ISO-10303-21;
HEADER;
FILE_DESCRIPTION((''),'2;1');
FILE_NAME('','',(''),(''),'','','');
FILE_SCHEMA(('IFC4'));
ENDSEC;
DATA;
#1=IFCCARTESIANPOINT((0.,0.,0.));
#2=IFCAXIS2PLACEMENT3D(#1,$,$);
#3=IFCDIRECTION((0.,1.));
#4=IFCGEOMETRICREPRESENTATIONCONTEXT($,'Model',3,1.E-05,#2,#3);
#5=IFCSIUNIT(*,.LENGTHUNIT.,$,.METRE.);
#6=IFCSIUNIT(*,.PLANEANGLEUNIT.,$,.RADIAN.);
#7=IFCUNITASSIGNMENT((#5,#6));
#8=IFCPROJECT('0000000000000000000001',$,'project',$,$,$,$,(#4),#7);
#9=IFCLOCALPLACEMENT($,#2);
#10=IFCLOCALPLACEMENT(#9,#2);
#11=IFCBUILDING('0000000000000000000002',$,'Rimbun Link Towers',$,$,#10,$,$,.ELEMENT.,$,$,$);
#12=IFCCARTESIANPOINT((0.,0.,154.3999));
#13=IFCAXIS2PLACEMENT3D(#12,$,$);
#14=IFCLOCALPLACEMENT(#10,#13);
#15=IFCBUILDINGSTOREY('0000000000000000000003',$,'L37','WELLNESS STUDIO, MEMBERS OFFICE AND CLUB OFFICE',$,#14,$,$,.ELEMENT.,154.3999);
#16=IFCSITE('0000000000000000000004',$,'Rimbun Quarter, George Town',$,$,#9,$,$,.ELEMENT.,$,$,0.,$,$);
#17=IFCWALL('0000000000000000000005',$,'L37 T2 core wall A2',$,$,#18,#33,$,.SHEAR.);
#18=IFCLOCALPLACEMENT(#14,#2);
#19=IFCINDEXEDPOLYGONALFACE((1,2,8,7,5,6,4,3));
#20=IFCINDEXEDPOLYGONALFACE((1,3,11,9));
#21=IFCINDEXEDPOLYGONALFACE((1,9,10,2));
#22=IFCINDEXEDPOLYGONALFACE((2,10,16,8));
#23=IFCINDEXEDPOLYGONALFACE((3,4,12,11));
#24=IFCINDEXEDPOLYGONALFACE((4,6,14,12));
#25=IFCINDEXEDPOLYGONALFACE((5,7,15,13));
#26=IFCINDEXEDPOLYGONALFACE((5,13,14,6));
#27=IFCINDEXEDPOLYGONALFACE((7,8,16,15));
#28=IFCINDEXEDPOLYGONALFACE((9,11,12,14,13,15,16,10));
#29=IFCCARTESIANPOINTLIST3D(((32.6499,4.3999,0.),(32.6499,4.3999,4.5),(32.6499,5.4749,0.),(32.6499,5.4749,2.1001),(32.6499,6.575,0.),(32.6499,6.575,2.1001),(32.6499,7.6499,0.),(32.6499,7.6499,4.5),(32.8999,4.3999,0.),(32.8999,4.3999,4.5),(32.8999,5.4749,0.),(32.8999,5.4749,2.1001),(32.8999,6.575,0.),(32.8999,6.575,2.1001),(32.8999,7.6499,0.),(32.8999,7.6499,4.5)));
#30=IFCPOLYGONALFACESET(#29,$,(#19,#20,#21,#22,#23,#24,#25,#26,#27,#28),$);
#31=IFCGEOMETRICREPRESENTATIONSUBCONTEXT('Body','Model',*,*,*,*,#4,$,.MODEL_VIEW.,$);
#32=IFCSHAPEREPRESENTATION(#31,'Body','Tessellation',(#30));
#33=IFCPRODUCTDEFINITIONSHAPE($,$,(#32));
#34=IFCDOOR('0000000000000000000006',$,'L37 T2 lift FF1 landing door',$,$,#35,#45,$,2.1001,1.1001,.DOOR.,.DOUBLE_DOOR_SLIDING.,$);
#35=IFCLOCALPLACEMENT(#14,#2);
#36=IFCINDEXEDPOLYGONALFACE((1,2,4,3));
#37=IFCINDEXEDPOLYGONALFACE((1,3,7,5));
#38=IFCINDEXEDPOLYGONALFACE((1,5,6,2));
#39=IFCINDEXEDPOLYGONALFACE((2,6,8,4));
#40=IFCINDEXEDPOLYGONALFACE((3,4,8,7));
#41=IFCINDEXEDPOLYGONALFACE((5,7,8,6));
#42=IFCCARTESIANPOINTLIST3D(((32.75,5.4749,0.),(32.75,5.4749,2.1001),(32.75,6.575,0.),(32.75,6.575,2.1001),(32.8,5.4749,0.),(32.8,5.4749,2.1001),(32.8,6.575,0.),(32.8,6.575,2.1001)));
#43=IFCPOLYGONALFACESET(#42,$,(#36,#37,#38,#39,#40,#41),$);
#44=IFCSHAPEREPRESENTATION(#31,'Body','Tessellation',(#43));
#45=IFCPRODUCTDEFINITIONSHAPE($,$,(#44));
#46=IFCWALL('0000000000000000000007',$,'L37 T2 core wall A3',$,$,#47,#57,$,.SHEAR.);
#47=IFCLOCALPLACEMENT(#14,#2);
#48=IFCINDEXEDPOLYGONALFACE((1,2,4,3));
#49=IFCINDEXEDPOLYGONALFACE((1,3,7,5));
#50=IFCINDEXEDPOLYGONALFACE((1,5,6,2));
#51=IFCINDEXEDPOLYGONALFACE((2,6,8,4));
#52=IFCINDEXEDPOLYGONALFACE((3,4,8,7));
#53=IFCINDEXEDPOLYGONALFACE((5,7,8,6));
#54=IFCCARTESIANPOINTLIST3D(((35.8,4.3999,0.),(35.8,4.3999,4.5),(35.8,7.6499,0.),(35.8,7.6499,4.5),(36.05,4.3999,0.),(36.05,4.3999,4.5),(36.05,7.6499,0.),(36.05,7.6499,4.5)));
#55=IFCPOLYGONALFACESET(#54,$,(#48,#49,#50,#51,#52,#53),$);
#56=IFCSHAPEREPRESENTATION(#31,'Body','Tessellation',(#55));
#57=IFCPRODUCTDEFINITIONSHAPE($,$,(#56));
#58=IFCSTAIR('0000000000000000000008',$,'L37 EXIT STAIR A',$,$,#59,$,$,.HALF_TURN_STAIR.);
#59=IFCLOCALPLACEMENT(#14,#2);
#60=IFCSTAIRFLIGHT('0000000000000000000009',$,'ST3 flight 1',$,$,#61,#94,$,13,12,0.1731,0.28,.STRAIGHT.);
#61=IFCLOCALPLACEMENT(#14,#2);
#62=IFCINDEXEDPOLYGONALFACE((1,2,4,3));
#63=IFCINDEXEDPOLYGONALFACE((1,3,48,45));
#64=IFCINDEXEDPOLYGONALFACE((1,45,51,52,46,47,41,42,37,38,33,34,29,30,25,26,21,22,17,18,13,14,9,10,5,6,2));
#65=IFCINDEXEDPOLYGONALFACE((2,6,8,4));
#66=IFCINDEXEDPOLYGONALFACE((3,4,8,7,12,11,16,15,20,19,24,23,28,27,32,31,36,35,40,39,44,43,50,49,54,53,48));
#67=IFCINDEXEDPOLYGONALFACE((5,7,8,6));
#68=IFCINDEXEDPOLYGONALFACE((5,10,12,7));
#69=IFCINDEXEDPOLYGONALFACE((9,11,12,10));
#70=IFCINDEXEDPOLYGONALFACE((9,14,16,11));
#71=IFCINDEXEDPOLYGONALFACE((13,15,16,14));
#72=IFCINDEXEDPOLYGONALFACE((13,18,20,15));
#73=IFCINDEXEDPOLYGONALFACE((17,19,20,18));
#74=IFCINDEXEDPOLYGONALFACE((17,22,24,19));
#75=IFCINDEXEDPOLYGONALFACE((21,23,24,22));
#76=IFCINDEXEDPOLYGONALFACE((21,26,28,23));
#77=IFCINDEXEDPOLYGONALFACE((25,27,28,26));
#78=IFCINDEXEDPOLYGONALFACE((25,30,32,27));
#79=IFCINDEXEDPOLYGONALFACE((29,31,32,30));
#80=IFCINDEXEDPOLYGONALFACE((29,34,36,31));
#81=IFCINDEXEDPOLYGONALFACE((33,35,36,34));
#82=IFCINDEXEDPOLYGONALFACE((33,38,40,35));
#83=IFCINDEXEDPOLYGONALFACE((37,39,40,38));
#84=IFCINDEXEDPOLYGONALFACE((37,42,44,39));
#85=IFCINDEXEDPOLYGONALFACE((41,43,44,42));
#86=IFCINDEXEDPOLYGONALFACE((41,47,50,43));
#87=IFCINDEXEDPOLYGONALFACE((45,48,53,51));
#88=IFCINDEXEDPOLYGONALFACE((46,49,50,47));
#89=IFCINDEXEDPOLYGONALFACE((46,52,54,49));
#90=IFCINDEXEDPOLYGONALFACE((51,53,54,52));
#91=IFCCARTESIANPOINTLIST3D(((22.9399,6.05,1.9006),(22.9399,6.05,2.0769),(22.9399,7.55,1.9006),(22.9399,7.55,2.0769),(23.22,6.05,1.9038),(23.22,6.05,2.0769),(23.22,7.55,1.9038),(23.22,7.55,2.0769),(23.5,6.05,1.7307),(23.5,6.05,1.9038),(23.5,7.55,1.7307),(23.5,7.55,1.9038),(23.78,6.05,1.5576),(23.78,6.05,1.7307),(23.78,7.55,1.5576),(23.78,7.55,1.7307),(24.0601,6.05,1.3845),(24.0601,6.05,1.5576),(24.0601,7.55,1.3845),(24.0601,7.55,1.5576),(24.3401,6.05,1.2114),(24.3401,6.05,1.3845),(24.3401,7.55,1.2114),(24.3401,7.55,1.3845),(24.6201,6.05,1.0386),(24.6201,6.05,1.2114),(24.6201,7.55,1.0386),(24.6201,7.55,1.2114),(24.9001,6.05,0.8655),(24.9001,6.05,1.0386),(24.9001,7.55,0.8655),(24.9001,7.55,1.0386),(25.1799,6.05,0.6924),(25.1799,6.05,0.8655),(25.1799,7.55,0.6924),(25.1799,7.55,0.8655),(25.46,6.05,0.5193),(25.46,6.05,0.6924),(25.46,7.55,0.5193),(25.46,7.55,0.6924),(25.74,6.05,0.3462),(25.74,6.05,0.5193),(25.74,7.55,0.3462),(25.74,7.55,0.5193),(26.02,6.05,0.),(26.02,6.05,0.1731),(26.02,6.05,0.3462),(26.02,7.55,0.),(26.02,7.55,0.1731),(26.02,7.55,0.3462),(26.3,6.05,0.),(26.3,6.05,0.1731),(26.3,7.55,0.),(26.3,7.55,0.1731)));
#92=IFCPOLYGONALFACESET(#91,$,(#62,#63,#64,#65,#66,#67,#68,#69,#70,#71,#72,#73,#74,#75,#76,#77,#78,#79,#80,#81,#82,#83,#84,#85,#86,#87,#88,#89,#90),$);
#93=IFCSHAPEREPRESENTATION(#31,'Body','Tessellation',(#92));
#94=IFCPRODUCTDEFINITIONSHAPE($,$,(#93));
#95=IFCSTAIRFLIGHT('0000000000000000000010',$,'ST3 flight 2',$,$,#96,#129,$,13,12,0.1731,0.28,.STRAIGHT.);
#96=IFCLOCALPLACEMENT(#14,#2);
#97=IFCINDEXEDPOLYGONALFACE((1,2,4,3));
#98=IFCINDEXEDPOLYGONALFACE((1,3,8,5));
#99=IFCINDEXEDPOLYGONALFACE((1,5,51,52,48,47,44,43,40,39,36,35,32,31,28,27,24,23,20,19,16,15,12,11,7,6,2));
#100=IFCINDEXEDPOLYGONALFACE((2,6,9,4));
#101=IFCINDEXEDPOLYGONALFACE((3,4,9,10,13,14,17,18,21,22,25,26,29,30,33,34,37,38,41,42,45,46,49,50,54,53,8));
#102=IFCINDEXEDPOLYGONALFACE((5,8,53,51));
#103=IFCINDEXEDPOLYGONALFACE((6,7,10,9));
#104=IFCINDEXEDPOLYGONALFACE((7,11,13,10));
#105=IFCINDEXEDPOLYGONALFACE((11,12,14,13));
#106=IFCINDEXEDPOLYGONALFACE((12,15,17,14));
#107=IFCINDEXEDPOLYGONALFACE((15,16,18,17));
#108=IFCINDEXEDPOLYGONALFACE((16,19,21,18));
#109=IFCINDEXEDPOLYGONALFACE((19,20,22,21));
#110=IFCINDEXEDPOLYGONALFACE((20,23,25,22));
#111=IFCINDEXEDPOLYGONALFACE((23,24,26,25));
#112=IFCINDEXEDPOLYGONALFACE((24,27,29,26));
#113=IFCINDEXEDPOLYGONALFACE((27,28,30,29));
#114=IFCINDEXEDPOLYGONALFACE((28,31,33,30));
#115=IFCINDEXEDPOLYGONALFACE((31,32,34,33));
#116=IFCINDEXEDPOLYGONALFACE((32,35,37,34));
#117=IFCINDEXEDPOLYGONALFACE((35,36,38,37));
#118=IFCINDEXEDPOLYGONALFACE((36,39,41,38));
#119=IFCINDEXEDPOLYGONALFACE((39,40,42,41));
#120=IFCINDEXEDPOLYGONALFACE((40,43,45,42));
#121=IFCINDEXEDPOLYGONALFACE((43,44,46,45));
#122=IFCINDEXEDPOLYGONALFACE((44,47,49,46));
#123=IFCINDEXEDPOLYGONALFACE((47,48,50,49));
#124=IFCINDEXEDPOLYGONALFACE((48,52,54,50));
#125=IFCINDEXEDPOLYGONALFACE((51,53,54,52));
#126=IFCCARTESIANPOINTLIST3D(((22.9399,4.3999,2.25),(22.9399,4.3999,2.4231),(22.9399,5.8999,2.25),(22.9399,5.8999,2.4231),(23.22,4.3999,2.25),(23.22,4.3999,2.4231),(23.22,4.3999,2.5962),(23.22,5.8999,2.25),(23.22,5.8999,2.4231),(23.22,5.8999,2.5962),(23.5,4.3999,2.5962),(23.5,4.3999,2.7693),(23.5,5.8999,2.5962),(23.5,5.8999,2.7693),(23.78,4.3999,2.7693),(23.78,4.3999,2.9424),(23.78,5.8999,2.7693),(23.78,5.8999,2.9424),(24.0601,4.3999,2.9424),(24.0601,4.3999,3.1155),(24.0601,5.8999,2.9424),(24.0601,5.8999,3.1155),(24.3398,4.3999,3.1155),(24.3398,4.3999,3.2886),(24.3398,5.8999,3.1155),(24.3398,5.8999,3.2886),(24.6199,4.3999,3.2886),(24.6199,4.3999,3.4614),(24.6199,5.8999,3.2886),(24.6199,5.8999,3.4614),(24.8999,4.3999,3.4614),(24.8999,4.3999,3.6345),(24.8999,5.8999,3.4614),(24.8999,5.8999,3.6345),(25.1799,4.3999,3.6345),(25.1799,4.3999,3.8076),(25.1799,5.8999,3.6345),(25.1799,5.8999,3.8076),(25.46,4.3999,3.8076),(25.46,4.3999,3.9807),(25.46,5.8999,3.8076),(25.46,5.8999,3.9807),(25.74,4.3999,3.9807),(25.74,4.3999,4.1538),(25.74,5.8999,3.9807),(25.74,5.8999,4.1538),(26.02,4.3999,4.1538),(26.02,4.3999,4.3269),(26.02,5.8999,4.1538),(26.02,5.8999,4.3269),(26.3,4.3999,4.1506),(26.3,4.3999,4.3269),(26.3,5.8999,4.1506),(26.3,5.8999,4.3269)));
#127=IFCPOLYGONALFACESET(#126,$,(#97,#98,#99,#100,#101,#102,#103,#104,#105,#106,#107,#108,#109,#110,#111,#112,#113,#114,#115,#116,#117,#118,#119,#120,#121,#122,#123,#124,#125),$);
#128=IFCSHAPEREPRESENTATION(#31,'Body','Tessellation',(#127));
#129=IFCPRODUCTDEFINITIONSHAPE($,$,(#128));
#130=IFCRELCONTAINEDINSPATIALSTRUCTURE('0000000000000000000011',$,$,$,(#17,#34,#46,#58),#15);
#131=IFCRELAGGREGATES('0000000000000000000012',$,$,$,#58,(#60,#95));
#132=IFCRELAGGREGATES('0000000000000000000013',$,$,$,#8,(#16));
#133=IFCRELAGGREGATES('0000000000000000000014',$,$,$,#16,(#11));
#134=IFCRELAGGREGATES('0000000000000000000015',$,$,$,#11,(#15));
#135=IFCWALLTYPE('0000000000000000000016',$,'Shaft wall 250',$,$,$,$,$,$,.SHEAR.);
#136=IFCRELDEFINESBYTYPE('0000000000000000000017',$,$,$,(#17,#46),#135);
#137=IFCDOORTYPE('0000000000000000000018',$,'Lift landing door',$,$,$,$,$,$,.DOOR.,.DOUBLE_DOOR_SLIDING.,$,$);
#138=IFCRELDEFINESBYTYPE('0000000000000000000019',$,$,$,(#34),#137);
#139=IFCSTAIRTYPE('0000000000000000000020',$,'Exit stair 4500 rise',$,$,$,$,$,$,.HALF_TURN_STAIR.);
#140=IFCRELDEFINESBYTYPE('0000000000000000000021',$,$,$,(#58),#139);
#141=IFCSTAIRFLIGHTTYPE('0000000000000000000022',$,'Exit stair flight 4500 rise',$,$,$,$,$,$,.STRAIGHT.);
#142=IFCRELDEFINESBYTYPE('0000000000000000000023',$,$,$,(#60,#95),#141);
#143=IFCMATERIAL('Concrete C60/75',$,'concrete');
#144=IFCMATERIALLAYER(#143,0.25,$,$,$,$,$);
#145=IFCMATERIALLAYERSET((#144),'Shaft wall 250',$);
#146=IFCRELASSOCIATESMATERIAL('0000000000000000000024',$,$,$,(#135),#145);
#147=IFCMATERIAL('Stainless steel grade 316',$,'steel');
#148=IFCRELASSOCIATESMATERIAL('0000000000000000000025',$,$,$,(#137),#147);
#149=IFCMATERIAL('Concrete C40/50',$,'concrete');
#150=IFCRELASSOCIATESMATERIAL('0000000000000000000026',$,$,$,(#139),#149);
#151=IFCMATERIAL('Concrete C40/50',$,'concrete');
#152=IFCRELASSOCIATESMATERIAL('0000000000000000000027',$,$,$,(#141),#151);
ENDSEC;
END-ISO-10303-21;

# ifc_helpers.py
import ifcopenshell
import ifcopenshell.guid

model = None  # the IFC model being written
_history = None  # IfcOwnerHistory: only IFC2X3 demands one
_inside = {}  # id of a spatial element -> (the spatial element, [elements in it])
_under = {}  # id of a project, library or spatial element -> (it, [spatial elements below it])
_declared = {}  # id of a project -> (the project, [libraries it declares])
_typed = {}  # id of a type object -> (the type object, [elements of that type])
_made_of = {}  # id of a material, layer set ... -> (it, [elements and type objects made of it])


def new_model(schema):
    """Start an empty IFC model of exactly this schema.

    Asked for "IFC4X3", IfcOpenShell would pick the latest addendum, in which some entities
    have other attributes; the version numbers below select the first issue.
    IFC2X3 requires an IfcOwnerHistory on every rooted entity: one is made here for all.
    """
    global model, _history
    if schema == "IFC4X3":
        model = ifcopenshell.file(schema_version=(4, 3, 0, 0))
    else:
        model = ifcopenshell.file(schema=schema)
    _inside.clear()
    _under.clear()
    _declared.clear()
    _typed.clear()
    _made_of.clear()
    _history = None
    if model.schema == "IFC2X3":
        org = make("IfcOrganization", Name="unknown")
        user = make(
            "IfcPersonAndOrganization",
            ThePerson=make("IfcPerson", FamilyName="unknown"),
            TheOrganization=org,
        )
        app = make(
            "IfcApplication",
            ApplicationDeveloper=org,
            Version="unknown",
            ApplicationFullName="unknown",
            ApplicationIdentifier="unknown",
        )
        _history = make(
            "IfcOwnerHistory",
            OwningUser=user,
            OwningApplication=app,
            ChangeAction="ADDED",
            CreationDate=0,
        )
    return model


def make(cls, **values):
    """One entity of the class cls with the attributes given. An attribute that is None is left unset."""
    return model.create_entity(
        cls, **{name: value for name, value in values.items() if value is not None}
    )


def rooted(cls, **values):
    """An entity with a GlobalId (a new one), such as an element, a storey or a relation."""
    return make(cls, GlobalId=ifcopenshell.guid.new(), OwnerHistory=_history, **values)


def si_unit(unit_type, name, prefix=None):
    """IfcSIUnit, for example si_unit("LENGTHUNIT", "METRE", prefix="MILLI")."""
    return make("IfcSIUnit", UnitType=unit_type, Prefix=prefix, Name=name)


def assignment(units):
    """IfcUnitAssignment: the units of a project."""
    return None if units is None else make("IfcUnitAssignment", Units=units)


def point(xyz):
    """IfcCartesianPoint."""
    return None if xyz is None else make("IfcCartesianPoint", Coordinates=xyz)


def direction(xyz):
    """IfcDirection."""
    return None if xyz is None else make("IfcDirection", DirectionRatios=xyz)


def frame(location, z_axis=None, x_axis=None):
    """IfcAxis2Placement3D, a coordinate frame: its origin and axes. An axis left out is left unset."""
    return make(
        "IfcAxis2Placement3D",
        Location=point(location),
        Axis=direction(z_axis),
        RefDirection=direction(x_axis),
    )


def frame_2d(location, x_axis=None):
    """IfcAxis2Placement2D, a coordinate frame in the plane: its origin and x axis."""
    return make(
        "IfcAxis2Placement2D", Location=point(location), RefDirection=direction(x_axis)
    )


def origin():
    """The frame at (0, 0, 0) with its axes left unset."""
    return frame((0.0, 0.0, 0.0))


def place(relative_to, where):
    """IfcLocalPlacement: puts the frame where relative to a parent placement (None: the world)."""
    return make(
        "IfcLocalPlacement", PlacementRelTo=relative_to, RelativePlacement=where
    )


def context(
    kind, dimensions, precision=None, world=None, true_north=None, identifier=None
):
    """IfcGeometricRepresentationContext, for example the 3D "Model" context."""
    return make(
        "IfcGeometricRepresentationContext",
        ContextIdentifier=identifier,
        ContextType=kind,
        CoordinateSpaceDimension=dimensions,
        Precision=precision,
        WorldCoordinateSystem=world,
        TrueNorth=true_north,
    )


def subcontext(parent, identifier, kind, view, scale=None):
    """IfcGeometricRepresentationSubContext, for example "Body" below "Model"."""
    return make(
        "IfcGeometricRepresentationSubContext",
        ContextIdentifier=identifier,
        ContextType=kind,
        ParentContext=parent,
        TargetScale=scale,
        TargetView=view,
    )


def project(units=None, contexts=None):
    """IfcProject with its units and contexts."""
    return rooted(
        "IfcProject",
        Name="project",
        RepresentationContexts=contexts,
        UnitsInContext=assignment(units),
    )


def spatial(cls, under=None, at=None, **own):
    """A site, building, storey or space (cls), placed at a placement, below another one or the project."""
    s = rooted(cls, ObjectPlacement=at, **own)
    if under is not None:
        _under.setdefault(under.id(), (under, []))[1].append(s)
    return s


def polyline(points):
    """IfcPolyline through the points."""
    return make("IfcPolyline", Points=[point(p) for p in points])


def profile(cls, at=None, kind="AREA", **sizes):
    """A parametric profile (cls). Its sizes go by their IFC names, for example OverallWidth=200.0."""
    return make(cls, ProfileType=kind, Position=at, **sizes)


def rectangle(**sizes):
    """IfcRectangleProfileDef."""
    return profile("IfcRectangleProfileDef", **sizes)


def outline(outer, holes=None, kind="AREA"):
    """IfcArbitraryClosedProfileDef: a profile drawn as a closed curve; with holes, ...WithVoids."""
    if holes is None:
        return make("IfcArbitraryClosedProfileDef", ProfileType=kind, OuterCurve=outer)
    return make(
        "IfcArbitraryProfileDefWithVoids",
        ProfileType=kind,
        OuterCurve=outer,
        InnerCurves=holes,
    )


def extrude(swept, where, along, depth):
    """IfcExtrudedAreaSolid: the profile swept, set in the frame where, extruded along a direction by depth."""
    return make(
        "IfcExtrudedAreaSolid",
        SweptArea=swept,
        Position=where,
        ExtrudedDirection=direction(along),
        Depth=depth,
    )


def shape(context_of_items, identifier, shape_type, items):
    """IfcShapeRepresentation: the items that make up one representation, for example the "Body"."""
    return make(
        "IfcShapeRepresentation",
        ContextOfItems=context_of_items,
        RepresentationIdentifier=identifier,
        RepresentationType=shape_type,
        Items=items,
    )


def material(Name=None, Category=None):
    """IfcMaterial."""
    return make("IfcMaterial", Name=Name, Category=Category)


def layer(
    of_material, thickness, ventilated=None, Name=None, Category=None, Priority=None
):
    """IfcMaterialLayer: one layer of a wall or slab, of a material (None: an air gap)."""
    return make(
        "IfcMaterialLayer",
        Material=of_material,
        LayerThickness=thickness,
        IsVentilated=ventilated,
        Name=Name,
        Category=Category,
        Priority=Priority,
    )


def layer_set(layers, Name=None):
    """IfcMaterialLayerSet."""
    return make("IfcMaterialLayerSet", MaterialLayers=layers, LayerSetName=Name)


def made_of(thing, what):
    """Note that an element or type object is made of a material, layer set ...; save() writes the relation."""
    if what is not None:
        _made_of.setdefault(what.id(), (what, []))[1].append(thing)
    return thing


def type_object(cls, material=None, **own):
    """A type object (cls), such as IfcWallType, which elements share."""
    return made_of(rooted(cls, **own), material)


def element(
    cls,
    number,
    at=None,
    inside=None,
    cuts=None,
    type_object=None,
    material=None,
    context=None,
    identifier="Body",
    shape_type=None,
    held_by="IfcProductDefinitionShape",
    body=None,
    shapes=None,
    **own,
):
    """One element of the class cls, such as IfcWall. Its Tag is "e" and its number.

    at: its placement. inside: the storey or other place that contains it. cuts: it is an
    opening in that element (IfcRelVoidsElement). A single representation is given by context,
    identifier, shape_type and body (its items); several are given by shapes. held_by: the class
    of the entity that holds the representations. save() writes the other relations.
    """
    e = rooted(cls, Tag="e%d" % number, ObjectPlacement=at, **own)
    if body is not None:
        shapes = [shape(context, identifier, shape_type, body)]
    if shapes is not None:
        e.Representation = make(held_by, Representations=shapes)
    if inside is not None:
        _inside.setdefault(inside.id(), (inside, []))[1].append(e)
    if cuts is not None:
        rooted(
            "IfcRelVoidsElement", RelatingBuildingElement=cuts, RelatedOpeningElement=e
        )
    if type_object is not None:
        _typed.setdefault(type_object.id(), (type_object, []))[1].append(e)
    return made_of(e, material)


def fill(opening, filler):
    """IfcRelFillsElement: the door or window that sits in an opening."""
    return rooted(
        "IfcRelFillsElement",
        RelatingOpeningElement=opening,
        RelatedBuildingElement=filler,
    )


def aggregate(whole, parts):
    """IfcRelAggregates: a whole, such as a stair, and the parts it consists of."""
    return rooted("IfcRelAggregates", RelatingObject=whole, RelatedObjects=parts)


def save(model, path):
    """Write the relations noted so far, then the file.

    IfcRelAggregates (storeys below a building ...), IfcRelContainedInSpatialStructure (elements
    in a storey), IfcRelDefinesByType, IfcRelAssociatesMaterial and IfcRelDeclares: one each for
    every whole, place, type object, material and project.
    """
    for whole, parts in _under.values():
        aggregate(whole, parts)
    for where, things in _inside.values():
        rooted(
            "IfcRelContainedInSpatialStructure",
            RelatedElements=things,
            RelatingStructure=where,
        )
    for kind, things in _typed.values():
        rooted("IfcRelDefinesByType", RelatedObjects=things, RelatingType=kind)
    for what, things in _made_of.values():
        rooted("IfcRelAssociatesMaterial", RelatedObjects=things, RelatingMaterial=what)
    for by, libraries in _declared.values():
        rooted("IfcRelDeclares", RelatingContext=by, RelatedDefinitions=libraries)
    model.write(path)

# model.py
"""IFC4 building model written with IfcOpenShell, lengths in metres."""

from ifc_helpers import new_model, si_unit, direction, frame, frame_2d, origin, place, context, subcontext, project, spatial, polyline, rectangle, outline, extrude, material, layer, layer_set, type_object, element, fill, aggregate, save


model = new_model("IFC4")

# Units and contexts
model_context = context("Model", 3, precision=1e-05, world=origin(), true_north=direction((0.0, 1.0)))
body_context = subcontext(model_context, "Body", "Model", "MODEL_VIEW")
ifc_project = project(units=[si_unit("LENGTHUNIT", "METRE"), si_unit("PLANEANGLEUNIT", "RADIAN")], contexts=[model_context])

# Site, building, storey
site_placement = place(None, origin())
site = spatial("IfcSite", under=ifc_project, at=site_placement, Name="Rimbun Quarter, George Town", CompositionType="ELEMENT", RefElevation=0.0)
building_placement = place(site_placement, origin())
building = spatial("IfcBuilding", under=site, at=building_placement, Name="Rimbun Link Towers", CompositionType="ELEMENT")
storey_placement = place(building_placement, frame((0.0, 0.0, 154.3999)))
storey = spatial("IfcBuildingStorey", under=building, at=storey_placement, Name="L37", Description="WELLNESS STUDIO, MEMBERS OFFICE AND CLUB OFFICE", CompositionType="ELEMENT", Elevation=154.3999)

# Shared definitions
ifc_material_1 = material(Name="Concrete C60/75", Category="concrete")
ifc_layer = layer(ifc_material_1, 0.25)
ifc_layer_set = layer_set([ifc_layer], Name="Shaft wall 250")
wall_type = type_object("IfcWallType", Name="Shaft wall 250", PredefinedType="SHEAR", material=ifc_layer_set)
ifc_material_2 = material(Name="Stainless steel grade 316", Category="steel")
door_type_1 = type_object("IfcDoorType", Name="Lift landing door", OperationType="DOUBLE_DOOR_SLIDING", PredefinedType="DOOR", material=ifc_material_2)

# Wall, opening, door
wall_1_placement = place(storey_placement, frame((32.7749, 4.3999, 0.0), z_axis=(0.0, 0.0, 1.0), x_axis=(0.0, 1.0, 0.0)))
wall_1 = element("IfcWall", 1, at=wall_1_placement, inside=storey, type_object=wall_type, Name="L37 T2 core wall A2", PredefinedType="SHEAR", context=body_context, shape_type="SweptSolid", body=[
    extrude(rectangle(XDim=3.25, YDim=0.25, at=frame_2d((1.625, 0.0))), origin(), (0.0, 0.0, 1.0), 4.5),
])
opening_1_placement = place(wall_1_placement, frame((1.075, 0.0, 0.0)))
opening_1 = element("IfcOpeningElement", 2, at=opening_1_placement, cuts=wall_1, PredefinedType="OPENING", context=body_context, shape_type="SweptSolid", body=[
    extrude(rectangle(XDim=1.1001, YDim=2.1001, at=frame_2d((0.55, 1.05))), frame((0.0, 0.135, 0.0), z_axis=(0.0, -1.0, 0.0), x_axis=(1.0, 0.0, 0.0)), (0.0, 0.0, 1.0), 0.27),
])
door_1_placement = place(opening_1_placement, origin())
door_1 = element("IfcDoor", 3, at=door_1_placement, inside=storey, type_object=door_type_1, Name="L37 T2 lift FF1 landing door", OperationType="DOUBLE_DOOR_SLIDING", OverallHeight=2.1001, OverallWidth=1.1001, PredefinedType="DOOR", context=body_context, shape_type="SweptSolid", body=[
    extrude(rectangle(XDim=1.1001, YDim=2.1001, at=frame_2d((0.55, 1.05))), frame((0.0, 0.0249, 0.0), z_axis=(0.0, -1.0, 0.0), x_axis=(1.0, 0.0, 0.0)), (0.0, 0.0, 1.0), 0.05),
])
fill(opening_1, door_1)

# Wall
wall_2_placement = place(storey_placement, frame((35.925, 4.3999, 0.0), z_axis=(0.0, 0.0, 1.0), x_axis=(0.0, 1.0, 0.0)))
element("IfcWall", 4, at=wall_2_placement, inside=storey, type_object=wall_type, Name="L37 T2 core wall A3", PredefinedType="SHEAR", context=body_context, shape_type="SweptSolid", body=[
    extrude(rectangle(XDim=3.25, YDim=0.25, at=frame_2d((1.625, 0.0))), origin(), (0.0, 0.0, 1.0), 4.5),
])

# Stair, stair flights
ifc_material_3 = material(Name="Concrete C40/50", Category="concrete")
stair_type = type_object("IfcStairType", Name="Exit stair 4500 rise", PredefinedType="HALF_TURN_STAIR", material=ifc_material_3)
stair_placement = place(storey_placement, origin())
stair = element("IfcStair", 5, at=stair_placement, inside=storey, type_object=stair_type, Name="L37 EXIT STAIR A", PredefinedType="HALF_TURN_STAIR")
ifc_material_4 = material(Name="Concrete C40/50", Category="concrete")
stair_flight_type = type_object("IfcStairFlightType", Name="Exit stair flight 4500 rise", PredefinedType="STRAIGHT", material=ifc_material_4)
stair_flight_1_placement = place(storey_placement, frame((26.3, 6.8, 0.0), z_axis=(0.0, 0.0, 1.0), x_axis=(-1.0, 0.0, 0.0)))
stair_flight_1 = element("IfcStairFlight", 6, at=stair_flight_1_placement, type_object=stair_flight_type, Name="ST3 flight 1", NumberOfRisers=13, NumberOfTreads=12, PredefinedType="STRAIGHT", RiserHeight=0.1731, TreadLength=0.28, context=body_context, shape_type="SweptSolid", body=[
    extrude(outline(polyline([(0.0, 0.0), (0.0, 0.1731), (0.28, 0.1731), (0.28, 0.3462), (0.5601, 0.3462), (0.5601, 0.5193), (0.8401, 0.5193), (0.8401, 0.6924), (1.1201, 0.6924), (1.1201, 0.8655), (1.3999, 0.8655), (1.3999, 1.0386), (1.6799, 1.0386), (1.6799, 1.2114), (1.96, 1.2114), (1.96, 1.3845), (2.24, 1.3845), (2.24, 1.5576), (2.52, 1.5576), (2.52, 1.7307), (2.8, 1.7307), (2.8, 1.9038), (3.0801, 1.9038), (3.0801, 2.0769), (3.3601, 2.0769), (3.3601, 2.25), (3.3601, 1.9006), (0.28, 0.0), (0.0, 0.0)])), frame((0.0, 0.75, 0.0), z_axis=(0.0, -1.0, 0.0), x_axis=(1.0, 0.0, 0.0)), (0.0, 0.0, 1.0), 1.5),
])
stair_flight_2_placement = place(storey_placement, frame((22.9399, 5.1499, 2.25), z_axis=(0.0, 0.0, 1.0), x_axis=(1.0, 0.0, 0.0)))
stair_flight_2 = element("IfcStairFlight", 7, at=stair_flight_2_placement, type_object=stair_flight_type, Name="ST3 flight 2", NumberOfRisers=13, NumberOfTreads=12, PredefinedType="STRAIGHT", RiserHeight=0.1731, TreadLength=0.28, context=body_context, shape_type="SweptSolid", body=[
    extrude(outline(polyline([(0.0, 0.0), (0.0, 0.1731), (0.28, 0.1731), (0.28, 0.3462), (0.5601, 0.3462), (0.5601, 0.5193), (0.8401, 0.5193), (0.8401, 0.6924), (1.1201, 0.6924), (1.1201, 0.8655), (1.3999, 0.8655), (1.3999, 1.0386), (1.6799, 1.0386), (1.6799, 1.2114), (1.96, 1.2114), (1.96, 1.3845), (2.24, 1.3845), (2.24, 1.5576), (2.52, 1.5576), (2.52, 1.7307), (2.8, 1.7307), (2.8, 1.9038), (3.0801, 1.9038), (3.0801, 2.0769), (3.3601, 2.0769), (3.3601, 2.25), (3.3601, 1.9006), (0.28, 0.0), (0.0, 0.0)])), frame((0.0, 0.75, 0.0), z_axis=(0.0, -1.0, 0.0), x_axis=(1.0, 0.0, 0.0)), (0.0, 0.0, 1.0), 1.5),
])
aggregate(stair, [stair_flight_1, stair_flight_2])

save(model, "model.ifc")
